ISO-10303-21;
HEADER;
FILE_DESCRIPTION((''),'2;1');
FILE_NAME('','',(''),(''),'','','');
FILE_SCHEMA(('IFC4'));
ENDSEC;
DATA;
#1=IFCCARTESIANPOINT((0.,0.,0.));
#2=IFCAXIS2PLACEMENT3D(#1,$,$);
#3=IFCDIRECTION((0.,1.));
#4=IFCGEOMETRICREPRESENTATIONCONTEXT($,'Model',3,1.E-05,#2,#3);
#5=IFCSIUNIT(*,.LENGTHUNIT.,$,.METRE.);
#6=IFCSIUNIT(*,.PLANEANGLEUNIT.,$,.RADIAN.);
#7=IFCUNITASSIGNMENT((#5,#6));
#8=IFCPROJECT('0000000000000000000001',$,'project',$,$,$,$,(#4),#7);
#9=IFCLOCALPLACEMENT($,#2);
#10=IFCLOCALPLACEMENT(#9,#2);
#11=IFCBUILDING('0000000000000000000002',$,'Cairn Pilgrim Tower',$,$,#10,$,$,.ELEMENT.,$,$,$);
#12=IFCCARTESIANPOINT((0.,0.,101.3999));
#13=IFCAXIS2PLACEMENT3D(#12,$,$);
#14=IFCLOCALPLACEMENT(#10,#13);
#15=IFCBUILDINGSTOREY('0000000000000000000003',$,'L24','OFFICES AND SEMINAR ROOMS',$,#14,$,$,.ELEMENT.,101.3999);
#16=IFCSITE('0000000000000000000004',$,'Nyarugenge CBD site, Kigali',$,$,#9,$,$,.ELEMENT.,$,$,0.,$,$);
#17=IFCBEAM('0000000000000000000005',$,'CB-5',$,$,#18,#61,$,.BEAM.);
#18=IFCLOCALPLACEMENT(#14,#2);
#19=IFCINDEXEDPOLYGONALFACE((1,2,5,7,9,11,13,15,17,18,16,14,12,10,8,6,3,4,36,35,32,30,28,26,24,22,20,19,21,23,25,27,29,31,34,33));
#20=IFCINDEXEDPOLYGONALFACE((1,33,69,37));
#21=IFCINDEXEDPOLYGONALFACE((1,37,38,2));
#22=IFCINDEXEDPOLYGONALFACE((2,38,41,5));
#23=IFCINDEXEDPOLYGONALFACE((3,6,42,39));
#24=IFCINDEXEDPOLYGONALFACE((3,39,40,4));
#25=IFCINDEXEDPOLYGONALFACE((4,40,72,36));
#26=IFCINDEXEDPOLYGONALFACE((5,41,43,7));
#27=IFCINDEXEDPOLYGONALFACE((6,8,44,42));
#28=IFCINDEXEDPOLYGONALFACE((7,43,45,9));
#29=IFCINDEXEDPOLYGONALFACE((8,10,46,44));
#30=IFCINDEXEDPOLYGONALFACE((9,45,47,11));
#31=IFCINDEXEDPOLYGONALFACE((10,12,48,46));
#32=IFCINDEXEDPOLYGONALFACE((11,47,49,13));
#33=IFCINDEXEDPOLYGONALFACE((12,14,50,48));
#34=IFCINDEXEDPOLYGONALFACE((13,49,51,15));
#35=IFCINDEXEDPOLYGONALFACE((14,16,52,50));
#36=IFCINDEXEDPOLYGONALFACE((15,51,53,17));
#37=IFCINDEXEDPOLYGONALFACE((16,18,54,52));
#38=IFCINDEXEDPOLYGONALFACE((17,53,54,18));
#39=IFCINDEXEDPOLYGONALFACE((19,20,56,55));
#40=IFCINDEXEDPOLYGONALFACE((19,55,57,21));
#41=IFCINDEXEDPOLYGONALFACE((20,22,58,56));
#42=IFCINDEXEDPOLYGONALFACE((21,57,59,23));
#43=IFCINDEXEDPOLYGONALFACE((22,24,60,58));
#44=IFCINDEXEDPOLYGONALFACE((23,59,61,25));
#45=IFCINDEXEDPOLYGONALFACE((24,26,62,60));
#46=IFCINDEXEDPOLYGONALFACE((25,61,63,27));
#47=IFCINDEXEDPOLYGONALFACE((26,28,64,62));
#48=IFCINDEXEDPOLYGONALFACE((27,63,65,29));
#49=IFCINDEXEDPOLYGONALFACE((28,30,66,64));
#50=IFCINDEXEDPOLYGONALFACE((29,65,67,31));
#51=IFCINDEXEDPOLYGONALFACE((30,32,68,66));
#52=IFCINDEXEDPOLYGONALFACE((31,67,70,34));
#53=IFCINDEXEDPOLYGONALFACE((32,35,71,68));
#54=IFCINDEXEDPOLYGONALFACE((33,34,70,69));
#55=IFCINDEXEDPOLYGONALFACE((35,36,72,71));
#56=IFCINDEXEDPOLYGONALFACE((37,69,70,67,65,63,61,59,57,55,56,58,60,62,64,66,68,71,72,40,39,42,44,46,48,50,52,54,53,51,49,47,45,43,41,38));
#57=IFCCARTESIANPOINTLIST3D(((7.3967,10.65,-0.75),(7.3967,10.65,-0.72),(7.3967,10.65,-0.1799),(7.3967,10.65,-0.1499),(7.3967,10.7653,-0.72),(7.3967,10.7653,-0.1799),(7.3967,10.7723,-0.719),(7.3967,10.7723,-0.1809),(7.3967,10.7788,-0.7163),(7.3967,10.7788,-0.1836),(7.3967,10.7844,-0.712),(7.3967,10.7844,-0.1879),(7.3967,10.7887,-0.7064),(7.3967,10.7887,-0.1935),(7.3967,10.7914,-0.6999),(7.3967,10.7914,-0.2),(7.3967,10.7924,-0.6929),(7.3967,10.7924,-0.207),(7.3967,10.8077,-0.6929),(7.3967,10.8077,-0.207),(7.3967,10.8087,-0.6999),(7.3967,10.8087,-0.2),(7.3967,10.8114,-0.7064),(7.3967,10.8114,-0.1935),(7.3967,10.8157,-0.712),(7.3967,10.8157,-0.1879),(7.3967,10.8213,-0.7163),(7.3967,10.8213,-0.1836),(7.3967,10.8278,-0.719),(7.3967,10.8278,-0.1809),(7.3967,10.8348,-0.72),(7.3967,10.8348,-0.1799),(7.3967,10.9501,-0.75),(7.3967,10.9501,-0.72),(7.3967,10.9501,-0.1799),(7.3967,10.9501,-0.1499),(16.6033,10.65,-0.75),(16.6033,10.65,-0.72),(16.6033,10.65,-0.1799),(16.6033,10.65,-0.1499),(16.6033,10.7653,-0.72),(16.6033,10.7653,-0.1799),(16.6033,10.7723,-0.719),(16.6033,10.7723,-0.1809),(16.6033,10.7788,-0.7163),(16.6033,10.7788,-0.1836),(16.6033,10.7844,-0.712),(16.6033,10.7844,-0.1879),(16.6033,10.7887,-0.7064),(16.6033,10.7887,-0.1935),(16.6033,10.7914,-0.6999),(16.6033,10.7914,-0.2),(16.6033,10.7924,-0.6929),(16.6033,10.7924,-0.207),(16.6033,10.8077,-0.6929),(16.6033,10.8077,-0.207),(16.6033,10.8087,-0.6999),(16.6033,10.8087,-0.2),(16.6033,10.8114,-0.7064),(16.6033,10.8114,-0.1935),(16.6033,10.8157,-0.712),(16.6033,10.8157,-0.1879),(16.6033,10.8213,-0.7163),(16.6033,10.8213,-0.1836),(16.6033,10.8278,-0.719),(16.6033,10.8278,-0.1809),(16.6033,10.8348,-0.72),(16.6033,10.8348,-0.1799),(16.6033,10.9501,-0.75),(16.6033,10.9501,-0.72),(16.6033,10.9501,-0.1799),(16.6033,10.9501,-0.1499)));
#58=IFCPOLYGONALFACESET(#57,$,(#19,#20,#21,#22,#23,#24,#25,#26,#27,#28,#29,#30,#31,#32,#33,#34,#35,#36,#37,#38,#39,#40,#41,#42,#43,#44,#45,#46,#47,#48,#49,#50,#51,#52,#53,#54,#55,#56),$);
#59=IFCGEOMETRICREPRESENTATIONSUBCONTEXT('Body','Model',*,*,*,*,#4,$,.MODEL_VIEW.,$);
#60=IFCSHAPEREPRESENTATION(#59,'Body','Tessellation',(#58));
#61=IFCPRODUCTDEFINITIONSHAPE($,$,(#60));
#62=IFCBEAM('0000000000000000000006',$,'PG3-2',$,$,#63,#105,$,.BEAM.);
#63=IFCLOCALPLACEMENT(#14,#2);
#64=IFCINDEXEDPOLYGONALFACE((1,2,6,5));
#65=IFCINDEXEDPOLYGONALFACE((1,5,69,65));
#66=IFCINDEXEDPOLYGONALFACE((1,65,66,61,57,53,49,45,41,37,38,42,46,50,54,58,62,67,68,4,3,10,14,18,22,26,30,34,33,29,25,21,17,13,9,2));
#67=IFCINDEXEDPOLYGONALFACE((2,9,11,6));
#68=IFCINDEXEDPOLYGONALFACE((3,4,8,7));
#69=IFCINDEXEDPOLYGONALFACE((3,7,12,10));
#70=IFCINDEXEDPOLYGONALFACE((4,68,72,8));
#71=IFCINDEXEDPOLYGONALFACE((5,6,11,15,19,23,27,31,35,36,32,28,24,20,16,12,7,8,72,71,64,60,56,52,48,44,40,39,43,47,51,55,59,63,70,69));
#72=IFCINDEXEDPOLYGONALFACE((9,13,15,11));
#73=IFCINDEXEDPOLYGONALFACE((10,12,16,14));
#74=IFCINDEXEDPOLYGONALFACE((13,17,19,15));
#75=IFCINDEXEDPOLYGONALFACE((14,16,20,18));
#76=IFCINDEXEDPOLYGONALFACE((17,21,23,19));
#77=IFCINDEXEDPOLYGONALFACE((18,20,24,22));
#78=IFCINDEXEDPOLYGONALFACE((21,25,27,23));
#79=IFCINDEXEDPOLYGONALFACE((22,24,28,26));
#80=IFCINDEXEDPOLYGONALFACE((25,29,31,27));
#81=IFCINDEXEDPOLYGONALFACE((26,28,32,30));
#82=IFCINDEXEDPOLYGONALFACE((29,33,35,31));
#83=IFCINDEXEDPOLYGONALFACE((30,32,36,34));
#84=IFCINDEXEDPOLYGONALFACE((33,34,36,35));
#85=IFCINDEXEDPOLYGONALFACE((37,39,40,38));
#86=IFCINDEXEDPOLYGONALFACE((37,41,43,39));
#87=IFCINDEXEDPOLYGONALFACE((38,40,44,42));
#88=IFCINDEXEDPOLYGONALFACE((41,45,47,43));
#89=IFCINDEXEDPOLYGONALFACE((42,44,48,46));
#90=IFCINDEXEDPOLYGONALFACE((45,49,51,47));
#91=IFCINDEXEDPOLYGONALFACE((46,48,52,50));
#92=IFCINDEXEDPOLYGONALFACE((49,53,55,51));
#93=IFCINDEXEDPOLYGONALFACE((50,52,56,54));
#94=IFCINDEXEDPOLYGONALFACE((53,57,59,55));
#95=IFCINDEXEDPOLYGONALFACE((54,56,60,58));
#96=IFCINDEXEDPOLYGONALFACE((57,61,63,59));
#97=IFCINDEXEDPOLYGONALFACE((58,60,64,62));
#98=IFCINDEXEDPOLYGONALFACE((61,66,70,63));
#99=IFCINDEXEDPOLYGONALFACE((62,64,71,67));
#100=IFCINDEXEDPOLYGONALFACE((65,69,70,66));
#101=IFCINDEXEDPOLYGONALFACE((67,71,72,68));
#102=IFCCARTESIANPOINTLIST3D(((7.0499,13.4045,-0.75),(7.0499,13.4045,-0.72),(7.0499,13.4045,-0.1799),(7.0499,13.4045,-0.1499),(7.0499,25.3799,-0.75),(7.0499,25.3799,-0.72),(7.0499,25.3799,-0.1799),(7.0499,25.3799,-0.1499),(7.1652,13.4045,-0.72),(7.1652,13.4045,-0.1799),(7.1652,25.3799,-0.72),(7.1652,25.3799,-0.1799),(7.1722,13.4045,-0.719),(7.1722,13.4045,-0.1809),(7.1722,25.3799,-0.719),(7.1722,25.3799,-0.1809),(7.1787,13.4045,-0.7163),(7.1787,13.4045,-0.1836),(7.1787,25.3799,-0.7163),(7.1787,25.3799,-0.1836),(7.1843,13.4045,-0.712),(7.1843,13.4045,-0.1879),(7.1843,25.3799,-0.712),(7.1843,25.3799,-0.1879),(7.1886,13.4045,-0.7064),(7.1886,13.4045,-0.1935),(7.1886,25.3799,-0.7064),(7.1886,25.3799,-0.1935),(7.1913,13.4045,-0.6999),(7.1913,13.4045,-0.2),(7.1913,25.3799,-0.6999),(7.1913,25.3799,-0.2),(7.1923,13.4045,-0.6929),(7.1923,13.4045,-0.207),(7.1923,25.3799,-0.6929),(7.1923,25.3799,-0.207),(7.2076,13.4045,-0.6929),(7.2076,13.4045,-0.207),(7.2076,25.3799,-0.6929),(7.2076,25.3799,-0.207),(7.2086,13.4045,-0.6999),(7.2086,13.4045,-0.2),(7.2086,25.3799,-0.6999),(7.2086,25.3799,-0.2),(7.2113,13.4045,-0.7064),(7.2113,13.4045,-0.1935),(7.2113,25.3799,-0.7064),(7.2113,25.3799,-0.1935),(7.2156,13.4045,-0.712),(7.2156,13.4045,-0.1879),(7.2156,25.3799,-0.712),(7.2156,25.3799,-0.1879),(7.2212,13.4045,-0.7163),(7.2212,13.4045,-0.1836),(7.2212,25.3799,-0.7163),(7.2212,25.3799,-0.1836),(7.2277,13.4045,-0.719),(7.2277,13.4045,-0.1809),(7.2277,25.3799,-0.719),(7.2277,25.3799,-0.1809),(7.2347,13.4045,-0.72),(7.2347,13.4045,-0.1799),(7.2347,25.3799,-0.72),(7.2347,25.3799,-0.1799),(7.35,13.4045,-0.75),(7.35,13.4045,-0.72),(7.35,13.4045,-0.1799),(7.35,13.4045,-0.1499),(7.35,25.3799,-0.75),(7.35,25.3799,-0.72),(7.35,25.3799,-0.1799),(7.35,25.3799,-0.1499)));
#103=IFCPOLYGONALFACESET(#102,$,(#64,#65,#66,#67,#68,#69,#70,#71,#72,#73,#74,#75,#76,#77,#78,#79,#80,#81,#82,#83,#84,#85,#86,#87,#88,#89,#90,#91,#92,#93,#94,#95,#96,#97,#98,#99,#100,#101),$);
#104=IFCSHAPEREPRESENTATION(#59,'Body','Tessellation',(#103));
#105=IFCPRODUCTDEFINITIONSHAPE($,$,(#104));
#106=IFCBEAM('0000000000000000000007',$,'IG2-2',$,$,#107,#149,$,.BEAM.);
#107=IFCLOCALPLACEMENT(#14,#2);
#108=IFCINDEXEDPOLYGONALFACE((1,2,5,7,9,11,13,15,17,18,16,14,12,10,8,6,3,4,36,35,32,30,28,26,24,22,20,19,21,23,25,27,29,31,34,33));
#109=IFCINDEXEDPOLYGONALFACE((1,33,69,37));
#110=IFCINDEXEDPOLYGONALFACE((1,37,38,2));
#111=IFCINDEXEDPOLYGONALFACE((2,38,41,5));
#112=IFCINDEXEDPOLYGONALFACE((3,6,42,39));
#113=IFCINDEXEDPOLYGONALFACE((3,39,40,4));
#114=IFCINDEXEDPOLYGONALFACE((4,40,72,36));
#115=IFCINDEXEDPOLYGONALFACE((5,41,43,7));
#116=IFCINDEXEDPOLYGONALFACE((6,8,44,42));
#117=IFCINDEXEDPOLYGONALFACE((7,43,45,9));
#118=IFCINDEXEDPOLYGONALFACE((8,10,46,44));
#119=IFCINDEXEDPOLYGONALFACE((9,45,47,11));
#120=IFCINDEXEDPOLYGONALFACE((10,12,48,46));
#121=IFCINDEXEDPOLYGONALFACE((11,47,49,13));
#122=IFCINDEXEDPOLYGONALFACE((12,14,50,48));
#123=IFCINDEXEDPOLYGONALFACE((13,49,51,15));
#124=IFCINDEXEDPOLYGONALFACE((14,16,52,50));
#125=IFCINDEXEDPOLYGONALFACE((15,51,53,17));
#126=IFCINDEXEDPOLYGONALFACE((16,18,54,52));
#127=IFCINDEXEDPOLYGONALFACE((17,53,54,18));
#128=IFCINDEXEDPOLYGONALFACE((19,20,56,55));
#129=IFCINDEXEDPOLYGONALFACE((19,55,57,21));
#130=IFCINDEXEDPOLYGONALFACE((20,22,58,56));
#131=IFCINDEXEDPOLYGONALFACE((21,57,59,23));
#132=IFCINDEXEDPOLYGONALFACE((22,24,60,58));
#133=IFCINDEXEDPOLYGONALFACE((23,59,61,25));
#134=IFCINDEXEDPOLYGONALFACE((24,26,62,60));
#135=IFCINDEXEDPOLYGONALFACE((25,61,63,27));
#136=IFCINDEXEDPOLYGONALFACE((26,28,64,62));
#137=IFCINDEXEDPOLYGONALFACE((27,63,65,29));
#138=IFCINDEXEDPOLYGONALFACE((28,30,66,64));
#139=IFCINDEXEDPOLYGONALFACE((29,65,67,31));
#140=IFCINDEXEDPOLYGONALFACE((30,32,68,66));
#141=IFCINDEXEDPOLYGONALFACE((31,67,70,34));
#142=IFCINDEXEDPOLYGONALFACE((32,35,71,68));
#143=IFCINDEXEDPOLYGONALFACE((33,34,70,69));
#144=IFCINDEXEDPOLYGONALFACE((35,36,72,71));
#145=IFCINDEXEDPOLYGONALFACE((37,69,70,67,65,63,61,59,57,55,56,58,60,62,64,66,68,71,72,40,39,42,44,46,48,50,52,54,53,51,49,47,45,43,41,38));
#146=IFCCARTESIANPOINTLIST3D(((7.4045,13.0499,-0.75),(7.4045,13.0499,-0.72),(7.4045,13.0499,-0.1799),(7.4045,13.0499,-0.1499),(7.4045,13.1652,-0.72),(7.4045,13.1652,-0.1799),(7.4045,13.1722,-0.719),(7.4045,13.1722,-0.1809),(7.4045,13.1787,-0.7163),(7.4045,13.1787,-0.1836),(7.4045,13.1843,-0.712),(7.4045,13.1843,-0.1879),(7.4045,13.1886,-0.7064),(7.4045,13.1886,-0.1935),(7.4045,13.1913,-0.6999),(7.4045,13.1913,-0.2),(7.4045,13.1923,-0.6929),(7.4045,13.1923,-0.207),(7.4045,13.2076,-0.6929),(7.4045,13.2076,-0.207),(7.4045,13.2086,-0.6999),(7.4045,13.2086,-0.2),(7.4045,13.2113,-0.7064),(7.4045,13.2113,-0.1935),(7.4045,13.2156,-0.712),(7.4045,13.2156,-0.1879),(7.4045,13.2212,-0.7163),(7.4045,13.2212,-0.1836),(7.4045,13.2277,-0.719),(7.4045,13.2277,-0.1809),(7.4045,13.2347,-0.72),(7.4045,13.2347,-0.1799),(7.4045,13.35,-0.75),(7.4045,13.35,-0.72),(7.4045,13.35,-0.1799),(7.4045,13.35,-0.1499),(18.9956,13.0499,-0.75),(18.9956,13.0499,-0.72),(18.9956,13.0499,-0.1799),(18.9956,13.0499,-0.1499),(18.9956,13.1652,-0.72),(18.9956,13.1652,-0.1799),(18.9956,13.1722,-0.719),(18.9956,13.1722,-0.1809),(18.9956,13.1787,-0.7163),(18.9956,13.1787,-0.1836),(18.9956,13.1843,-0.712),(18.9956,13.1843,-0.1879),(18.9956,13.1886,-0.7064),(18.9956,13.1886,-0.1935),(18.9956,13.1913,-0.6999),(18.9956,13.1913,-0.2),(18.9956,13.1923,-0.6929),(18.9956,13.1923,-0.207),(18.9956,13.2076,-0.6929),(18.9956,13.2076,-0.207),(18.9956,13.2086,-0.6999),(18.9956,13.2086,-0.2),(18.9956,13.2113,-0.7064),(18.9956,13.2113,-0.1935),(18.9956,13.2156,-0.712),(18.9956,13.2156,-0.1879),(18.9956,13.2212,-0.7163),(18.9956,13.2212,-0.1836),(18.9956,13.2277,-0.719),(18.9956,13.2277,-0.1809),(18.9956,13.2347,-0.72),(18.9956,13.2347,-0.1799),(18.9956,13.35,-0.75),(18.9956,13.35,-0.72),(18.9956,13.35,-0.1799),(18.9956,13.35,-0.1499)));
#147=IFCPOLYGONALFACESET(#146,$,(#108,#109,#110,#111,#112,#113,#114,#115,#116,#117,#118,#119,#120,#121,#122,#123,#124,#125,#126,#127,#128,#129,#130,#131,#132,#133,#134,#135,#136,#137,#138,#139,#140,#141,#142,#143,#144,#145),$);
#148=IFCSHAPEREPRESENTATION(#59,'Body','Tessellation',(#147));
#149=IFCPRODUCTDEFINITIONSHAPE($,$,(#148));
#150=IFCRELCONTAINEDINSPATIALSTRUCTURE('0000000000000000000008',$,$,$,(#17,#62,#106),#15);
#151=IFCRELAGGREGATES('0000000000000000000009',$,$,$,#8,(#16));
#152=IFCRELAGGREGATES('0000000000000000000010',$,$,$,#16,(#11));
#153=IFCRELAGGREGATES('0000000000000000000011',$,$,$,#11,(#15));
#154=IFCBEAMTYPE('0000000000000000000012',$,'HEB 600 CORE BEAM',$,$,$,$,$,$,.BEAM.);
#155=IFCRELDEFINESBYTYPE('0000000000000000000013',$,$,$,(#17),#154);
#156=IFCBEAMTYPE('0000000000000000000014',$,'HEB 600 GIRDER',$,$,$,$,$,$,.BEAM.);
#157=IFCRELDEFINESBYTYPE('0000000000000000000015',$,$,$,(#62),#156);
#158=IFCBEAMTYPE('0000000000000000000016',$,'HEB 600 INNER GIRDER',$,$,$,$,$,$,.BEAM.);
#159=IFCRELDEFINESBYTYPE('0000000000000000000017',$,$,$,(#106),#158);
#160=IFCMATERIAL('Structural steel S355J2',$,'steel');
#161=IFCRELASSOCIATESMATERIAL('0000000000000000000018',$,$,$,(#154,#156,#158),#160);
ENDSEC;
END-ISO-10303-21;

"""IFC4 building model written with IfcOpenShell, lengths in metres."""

from ifc_helpers import new_model, si_unit, direction, frame, origin, origin_2d, place, context, subcontext, project, spatial, i_section, extrude, material, material_profile, profile_set, type_object, element, save


model = new_model("IFC4")

# Units and contexts
model_context = context("Model", 3, precision=1e-05, world=origin(), true_north=direction((0.0, 1.0)))
body_context = subcontext(model_context, "Body", "Model", "MODEL_VIEW")
ifc_project = project(units=[si_unit("LENGTHUNIT", "METRE"), si_unit("PLANEANGLEUNIT", "RADIAN")], contexts=[model_context])

# Site, building, storey
site_placement = place(None, origin())
site = spatial("IfcSite", under=ifc_project, at=site_placement, Name="Nyarugenge CBD site, Kigali", CompositionType="ELEMENT", RefElevation=0.0)
building_placement = place(site_placement, origin())
building = spatial("IfcBuilding", under=site, at=building_placement, Name="Cairn Pilgrim Tower", CompositionType="ELEMENT")
storey_placement = place(building_placement, frame((0.0, 0.0, 101.3999)))
storey = spatial("IfcBuildingStorey", under=building, at=storey_placement, Name="L24", Description="OFFICES AND SEMINAR ROOMS", CompositionType="ELEMENT", Elevation=101.3999)

# Beams
ifc_material_1 = material(Name="Structural steel S355J2", Category="steel")
ifc_material_profile_1 = material_profile(ifc_material_1, i_section(OverallWidth=0.3, OverallDepth=0.6001, WebThickness=0.0154, FlangeThickness=0.03, FilletRadius=0.0271, at=origin_2d()), Name="HEB 600")
ifc_profile_set_1 = profile_set([ifc_material_profile_1], Name="Structural steel S355J2")
beam_type_1 = type_object("IfcBeamType", Name="HEB 600 CORE BEAM", PredefinedType="BEAM", material=ifc_profile_set_1)
beam_1_placement = place(storey_placement, frame((16.6033, 10.8, -0.45), z_axis=(-1.0, 0.0, 0.0), x_axis=(0.0, -1.0, 0.0)))
element("IfcBeam", 1, at=beam_1_placement, inside=storey, type_object=beam_type_1, Name="CB-5", PredefinedType="BEAM", context=body_context, shape_type="SweptSolid", body=[
    extrude(i_section(OverallWidth=0.3, OverallDepth=0.6001, WebThickness=0.0154, FlangeThickness=0.03, FilletRadius=0.0271, at=origin_2d()), origin(), (0.0, 0.0, 1.0), 9.2065),
])
ifc_material_profile_2 = material_profile(ifc_material_1, i_section(OverallWidth=0.3, OverallDepth=0.6001, WebThickness=0.0154, FlangeThickness=0.03, FilletRadius=0.0271, at=origin_2d()), Name="HEB 600")
ifc_profile_set_2 = profile_set([ifc_material_profile_2], Name="Structural steel S355J2")
beam_type_2 = type_object("IfcBeamType", Name="HEB 600 GIRDER", PredefinedType="BEAM", material=ifc_profile_set_2)
beam_2_placement = place(storey_placement, frame((7.2, 13.4045, -0.45), z_axis=(0.0, 1.0, 0.0), x_axis=(-1.0, 0.0, 0.0)))
element("IfcBeam", 2, at=beam_2_placement, inside=storey, type_object=beam_type_2, Name="PG3-2", PredefinedType="BEAM", context=body_context, shape_type="SweptSolid", body=[
    extrude(i_section(OverallWidth=0.3, OverallDepth=0.6001, WebThickness=0.0154, FlangeThickness=0.03, FilletRadius=0.0271, at=origin_2d()), origin(), (0.0, 0.0, 1.0), 11.9753),
])
ifc_material_profile_3 = material_profile(ifc_material_1, i_section(OverallWidth=0.3, OverallDepth=0.6001, WebThickness=0.0154, FlangeThickness=0.03, FilletRadius=0.0271, at=origin_2d()), Name="HEB 600")
ifc_profile_set_3 = profile_set([ifc_material_profile_3], Name="Structural steel S355J2")
beam_type_3 = type_object("IfcBeamType", Name="HEB 600 INNER GIRDER", PredefinedType="BEAM", material=ifc_profile_set_3)
beam_3_placement = place(storey_placement, frame((7.4045, 13.2, -0.45), z_axis=(1.0, 0.0, 0.0), x_axis=(0.0, 1.0, 0.0)))
element("IfcBeam", 3, at=beam_3_placement, inside=storey, type_object=beam_type_3, Name="IG2-2", PredefinedType="BEAM", context=body_context, shape_type="SweptSolid", body=[
    extrude(i_section(OverallWidth=0.3, OverallDepth=0.6001, WebThickness=0.0154, FlangeThickness=0.03, FilletRadius=0.0271, at=origin_2d()), origin(), (0.0, 0.0, 1.0), 11.5911),
])

save(model, "model.ifc")
